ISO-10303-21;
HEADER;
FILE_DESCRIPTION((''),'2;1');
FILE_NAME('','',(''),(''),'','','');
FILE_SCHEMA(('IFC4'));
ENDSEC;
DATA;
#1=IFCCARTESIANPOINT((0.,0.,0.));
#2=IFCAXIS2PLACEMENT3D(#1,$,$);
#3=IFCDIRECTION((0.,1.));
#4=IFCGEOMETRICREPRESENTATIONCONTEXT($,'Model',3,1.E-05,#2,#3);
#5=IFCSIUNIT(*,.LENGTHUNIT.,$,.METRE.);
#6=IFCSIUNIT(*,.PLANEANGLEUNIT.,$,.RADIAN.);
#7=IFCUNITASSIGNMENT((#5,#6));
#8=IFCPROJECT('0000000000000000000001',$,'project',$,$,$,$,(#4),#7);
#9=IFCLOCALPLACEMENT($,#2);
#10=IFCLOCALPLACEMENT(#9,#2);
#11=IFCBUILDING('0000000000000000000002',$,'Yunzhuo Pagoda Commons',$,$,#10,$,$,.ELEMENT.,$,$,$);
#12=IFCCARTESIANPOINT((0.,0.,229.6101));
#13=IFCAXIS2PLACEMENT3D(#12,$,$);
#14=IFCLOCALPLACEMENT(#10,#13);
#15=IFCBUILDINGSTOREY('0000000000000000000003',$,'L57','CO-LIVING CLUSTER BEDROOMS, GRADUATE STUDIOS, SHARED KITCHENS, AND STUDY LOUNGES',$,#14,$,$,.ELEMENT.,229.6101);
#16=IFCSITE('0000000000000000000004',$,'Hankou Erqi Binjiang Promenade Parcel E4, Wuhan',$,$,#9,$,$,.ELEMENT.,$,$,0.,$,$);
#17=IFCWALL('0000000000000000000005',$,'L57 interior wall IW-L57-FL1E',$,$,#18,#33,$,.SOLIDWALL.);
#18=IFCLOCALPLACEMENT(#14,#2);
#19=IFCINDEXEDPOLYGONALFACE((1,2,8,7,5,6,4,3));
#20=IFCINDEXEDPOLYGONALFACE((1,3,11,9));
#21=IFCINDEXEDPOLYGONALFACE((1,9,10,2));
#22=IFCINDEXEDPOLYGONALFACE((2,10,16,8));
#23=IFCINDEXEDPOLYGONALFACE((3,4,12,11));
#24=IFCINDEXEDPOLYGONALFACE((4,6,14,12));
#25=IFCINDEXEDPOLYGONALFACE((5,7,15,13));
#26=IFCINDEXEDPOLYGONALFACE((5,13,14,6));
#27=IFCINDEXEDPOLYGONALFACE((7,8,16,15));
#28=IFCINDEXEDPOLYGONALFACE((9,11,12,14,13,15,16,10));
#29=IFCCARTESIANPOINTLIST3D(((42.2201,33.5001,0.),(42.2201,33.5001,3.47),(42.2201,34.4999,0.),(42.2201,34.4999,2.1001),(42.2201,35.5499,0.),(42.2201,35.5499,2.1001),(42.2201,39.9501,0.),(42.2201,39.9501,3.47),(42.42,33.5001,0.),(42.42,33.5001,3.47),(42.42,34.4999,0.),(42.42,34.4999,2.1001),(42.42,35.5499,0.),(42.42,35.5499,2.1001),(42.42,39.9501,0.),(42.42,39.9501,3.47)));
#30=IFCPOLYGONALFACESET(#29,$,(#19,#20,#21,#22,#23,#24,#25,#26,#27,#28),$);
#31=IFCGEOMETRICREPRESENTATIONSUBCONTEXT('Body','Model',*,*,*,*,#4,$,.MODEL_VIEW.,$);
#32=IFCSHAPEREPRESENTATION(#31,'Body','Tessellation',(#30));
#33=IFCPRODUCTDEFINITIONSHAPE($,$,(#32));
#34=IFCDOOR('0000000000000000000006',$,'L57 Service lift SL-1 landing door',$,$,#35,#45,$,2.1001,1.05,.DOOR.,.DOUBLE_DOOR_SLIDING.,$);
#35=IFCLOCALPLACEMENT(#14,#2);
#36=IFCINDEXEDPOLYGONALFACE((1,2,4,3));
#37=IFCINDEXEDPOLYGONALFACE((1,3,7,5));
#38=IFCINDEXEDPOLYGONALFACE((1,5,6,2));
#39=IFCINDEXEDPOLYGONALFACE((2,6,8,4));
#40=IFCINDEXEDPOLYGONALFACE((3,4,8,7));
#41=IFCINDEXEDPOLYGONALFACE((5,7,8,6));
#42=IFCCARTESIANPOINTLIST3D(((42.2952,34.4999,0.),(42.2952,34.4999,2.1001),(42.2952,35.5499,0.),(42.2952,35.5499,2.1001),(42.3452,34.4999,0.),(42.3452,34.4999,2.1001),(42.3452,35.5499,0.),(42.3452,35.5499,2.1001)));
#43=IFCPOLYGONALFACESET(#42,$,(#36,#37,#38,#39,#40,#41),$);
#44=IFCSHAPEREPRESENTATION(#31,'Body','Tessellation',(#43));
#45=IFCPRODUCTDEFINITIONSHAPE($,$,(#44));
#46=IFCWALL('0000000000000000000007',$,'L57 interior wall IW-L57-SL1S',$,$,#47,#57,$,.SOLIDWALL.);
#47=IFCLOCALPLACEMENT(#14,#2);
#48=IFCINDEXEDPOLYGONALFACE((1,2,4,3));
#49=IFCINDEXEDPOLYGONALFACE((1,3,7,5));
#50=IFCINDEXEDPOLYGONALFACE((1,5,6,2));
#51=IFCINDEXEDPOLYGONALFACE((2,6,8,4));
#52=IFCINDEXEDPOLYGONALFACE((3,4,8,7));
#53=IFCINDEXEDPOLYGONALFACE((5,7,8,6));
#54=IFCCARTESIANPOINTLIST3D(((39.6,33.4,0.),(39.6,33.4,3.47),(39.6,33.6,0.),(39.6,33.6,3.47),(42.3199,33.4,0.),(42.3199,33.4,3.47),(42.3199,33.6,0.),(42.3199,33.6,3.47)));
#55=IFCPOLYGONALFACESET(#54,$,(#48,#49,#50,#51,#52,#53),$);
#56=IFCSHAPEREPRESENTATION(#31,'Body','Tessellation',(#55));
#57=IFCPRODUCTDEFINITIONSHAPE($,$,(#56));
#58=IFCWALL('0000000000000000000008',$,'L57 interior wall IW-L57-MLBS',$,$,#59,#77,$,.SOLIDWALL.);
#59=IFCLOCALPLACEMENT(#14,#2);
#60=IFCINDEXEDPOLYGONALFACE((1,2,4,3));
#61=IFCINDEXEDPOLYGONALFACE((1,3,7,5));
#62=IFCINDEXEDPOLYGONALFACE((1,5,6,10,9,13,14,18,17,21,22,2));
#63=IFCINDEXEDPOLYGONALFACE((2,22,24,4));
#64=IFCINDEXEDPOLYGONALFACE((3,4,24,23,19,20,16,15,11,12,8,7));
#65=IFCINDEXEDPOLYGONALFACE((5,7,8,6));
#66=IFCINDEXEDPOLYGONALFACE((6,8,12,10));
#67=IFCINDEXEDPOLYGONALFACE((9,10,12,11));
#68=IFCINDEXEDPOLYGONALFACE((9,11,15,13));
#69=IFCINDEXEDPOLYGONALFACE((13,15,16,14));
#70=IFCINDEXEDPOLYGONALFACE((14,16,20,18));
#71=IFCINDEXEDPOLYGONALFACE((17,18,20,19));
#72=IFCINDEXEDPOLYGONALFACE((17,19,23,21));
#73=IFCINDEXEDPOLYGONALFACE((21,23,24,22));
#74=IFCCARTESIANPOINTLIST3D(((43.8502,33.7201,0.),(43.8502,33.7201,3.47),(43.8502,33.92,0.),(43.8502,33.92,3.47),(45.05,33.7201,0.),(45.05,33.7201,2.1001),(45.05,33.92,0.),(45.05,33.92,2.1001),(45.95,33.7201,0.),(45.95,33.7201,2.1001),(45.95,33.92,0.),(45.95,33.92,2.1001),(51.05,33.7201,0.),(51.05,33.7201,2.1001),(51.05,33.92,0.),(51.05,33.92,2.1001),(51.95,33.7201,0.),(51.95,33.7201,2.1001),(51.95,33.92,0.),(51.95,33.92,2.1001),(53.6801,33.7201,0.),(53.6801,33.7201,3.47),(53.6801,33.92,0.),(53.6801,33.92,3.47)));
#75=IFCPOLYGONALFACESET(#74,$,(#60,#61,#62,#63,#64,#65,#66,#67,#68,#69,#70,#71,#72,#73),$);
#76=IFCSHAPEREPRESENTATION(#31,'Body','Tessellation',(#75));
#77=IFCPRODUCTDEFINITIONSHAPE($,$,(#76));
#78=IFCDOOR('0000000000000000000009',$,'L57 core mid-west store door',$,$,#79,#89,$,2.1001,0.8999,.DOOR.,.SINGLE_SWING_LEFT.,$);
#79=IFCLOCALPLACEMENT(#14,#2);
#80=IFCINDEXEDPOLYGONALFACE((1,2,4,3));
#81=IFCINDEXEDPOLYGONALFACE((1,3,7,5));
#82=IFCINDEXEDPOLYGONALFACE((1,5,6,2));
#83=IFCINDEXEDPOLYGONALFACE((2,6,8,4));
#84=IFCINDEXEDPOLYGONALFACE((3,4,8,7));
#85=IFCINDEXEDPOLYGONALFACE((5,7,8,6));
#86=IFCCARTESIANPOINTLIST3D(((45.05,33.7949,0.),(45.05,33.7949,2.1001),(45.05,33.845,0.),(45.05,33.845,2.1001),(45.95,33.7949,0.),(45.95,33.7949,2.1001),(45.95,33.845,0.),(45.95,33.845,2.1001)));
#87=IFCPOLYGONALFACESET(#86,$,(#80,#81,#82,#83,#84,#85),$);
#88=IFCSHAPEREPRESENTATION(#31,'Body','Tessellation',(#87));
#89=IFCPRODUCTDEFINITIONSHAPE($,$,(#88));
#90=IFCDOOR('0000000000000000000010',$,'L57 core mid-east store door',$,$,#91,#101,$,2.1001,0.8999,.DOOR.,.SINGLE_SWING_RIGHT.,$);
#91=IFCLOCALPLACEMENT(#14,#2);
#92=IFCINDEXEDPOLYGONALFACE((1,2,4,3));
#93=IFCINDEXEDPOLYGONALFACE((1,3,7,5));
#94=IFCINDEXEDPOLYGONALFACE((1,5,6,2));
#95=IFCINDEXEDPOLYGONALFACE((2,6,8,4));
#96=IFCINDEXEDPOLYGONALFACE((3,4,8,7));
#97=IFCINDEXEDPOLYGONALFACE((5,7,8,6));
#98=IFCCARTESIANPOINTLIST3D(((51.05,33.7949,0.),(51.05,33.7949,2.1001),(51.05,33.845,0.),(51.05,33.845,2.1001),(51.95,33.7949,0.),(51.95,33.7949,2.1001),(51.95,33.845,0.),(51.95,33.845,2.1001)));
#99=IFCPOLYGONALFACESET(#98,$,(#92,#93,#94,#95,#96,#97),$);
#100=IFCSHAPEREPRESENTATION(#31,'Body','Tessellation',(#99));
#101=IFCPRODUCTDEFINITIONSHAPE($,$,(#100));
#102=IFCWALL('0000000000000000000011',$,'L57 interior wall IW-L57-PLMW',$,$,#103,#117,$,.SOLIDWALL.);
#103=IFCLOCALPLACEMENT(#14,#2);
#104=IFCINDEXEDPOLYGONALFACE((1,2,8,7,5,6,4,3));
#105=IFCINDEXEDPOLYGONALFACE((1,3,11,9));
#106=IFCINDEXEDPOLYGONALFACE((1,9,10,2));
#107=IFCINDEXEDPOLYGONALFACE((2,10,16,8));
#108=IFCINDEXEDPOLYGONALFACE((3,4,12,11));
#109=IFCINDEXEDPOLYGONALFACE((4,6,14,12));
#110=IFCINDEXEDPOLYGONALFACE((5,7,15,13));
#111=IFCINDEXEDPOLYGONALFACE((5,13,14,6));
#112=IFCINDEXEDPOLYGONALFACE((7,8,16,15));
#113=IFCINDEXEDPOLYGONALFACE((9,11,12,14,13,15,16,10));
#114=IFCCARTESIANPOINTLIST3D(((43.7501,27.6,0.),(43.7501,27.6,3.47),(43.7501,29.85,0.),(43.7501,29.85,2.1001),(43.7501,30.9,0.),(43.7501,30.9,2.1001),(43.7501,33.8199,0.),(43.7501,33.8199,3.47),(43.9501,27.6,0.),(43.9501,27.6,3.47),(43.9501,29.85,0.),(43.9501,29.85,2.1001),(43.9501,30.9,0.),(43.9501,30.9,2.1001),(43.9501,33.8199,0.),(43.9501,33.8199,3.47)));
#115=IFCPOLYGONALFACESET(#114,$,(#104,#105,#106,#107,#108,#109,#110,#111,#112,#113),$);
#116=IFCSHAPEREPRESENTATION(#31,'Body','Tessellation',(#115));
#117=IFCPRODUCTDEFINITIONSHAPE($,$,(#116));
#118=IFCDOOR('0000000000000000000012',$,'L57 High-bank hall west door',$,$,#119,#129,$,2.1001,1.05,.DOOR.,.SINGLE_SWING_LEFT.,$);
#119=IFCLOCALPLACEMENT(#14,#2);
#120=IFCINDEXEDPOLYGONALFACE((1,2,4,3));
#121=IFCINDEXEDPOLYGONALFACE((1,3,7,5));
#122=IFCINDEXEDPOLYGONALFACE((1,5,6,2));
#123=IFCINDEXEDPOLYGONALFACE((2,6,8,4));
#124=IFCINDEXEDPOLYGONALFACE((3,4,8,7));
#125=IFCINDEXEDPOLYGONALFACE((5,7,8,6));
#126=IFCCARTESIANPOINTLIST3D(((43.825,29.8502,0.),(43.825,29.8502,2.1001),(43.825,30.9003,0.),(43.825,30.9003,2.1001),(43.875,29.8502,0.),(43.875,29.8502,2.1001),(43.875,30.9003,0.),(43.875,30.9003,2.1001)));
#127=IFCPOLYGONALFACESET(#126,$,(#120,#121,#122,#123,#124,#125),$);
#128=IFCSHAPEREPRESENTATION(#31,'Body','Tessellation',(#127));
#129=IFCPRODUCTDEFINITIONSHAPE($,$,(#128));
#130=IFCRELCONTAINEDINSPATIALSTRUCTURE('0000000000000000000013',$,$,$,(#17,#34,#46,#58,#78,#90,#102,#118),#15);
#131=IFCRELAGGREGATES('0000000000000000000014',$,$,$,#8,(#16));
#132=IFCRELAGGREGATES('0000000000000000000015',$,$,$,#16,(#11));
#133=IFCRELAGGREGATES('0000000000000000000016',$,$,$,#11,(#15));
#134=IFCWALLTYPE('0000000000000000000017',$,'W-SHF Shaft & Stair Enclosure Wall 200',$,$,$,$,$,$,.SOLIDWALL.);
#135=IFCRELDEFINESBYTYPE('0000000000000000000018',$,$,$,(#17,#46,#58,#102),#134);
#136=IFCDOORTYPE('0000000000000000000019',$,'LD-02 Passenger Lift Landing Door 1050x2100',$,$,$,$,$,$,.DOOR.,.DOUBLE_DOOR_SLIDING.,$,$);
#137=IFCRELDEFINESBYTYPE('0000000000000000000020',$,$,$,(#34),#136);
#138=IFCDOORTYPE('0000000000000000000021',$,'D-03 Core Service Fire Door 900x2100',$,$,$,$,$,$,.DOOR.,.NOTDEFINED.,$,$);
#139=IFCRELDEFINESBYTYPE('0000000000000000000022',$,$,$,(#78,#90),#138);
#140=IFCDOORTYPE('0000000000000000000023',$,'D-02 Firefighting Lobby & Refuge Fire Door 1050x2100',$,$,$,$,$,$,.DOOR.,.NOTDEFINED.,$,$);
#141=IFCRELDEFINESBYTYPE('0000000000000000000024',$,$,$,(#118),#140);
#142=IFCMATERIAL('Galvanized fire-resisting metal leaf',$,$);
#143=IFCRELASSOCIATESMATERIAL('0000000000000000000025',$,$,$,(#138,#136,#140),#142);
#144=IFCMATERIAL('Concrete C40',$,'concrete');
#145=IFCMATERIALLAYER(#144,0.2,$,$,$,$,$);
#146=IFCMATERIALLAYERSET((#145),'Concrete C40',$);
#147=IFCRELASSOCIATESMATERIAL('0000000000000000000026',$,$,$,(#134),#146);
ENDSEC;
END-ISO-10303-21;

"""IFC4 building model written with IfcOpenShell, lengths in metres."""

from ifc_helpers import new_model, si_unit, direction, frame, frame_2d, origin, origin_with_axes, place, context, subcontext, project, spatial, rectangle, extrude, source, transform, mapped, material, layer, layer_set, type_object, element, fill, save


model = new_model("IFC4")

# Units and contexts
model_context = context("Model", 3, precision=1e-05, world=origin(), true_north=direction((0.0, 1.0)))
body_context = subcontext(model_context, "Body", "Model", "MODEL_VIEW")
ifc_project = project(units=[si_unit("LENGTHUNIT", "METRE"), si_unit("PLANEANGLEUNIT", "RADIAN")], contexts=[model_context])

# Site, building, storey
site_placement = place(None, origin())
site = spatial("IfcSite", under=ifc_project, at=site_placement, Name="Hankou Erqi Binjiang Promenade Parcel E4, Wuhan", CompositionType="ELEMENT", RefElevation=0.0)
building_placement = place(site_placement, origin())
building = spatial("IfcBuilding", under=site, at=building_placement, Name="Yunzhuo Pagoda Commons", CompositionType="ELEMENT")
storey_placement = place(building_placement, frame((0.0, 0.0, 229.6101)))
storey = spatial("IfcBuildingStorey", under=building, at=storey_placement, Name="L57", Description="CO-LIVING CLUSTER BEDROOMS, GRADUATE STUDIOS, SHARED KITCHENS, AND STUDY LOUNGES", CompositionType="ELEMENT", Elevation=229.6101)

# Shared definitions
ifc_material_1 = material(Name="Galvanized fire-resisting metal leaf")
door_type_1 = type_object("IfcDoorType", Name="D-03 Core Service Fire Door 900x2100", OperationType="NOTDEFINED", PredefinedType="DOOR", material=ifc_material_1)
shared_shape_1 = source(origin(), body_context, "Body", "SweptSolid", [
    extrude(rectangle(XDim=0.8999, YDim=2.1001, at=frame_2d((0.45, 1.05))), frame((0.0, 0.0249, 0.0), z_axis=(0.0, -1.0, 0.0), x_axis=(1.0, 0.0, 0.0)), (0.0, 0.0, 1.0), 0.05),
])

# Wall, opening, door
ifc_material_2 = material(Name="Concrete C40", Category="concrete")
ifc_layer_1 = layer(ifc_material_2, 0.2)
ifc_layer_set_1 = layer_set([ifc_layer_1], Name="Concrete C40")
wall_type_1 = type_object("IfcWallType", Name="W-SHF Shaft & Stair Enclosure Wall 200", PredefinedType="SOLIDWALL", material=ifc_layer_set_1)
wall_1_placement = place(storey_placement, frame((42.3201, 33.5, 0.0), z_axis=(0.0, 0.0, 1.0), x_axis=(0.0, 1.0, 0.0)))
wall_1 = element("IfcWall", 1, at=wall_1_placement, inside=storey, type_object=wall_type_1, Name="L57 interior wall IW-L57-FL1E", PredefinedType="SOLIDWALL", context=body_context, shape_type="SweptSolid", body=[
    extrude(rectangle(XDim=6.45, YDim=0.2, at=frame_2d((3.2251, 0.0))), origin(), (0.0, 0.0, 1.0), 3.47),
])
opening_1_placement = place(wall_1_placement, frame((1.0, 0.0, 0.0)))
opening_1 = element("IfcOpeningElement", 2, at=opening_1_placement, cuts=wall_1, PredefinedType="OPENING", context=body_context, shape_type="SweptSolid", body=[
    extrude(rectangle(XDim=1.05, YDim=2.1001, at=frame_2d((0.5249, 1.05))), frame((0.0, 0.1099, 0.0), z_axis=(0.0, -1.0, 0.0), x_axis=(1.0, 0.0, 0.0)), (0.0, 0.0, 1.0), 0.22),
])
door_type_2 = type_object("IfcDoorType", Name="LD-02 Passenger Lift Landing Door 1050x2100", OperationType="DOUBLE_DOOR_SLIDING", PredefinedType="DOOR", material=ifc_material_1)
shared_shape_2 = source(origin(), body_context, "Body", "SweptSolid", [
    extrude(rectangle(XDim=1.05, YDim=2.1001, at=frame_2d((0.5249, 1.05))), frame((0.0, 0.0249, 0.0), z_axis=(0.0, -1.0, 0.0), x_axis=(1.0, 0.0, 0.0)), (0.0, 0.0, 1.0), 0.05),
])
door_1_placement = place(opening_1_placement, origin_with_axes())
door_1 = element("IfcDoor", 3, at=door_1_placement, inside=storey, type_object=door_type_2, Name="L57 Service lift SL-1 landing door", OperationType="DOUBLE_DOOR_SLIDING", OverallHeight=2.1001, OverallWidth=1.05, PredefinedType="DOOR", context=body_context, shape_type="MappedRepresentation", body=[
    mapped(shared_shape_2, transform((0.0, 0.0, 0.0), scale=1.0)),
])
fill(opening_1, door_1)

# Wall
wall_2_placement = place(storey_placement, frame((39.6001, 33.5, 0.0), z_axis=(0.0, 0.0, 1.0), x_axis=(1.0, 0.0, 0.0)))
element("IfcWall", 4, at=wall_2_placement, inside=storey, type_object=wall_type_1, Name="L57 interior wall IW-L57-SL1S", PredefinedType="SOLIDWALL", context=body_context, shape_type="SweptSolid", body=[
    extrude(rectangle(XDim=2.72, YDim=0.2, at=frame_2d((1.3599, 0.0))), origin(), (0.0, 0.0, 1.0), 3.47),
])

# Wall, openings, doors
wall_3_placement = place(storey_placement, frame((43.8501, 33.8201, 0.0), z_axis=(0.0, 0.0, 1.0), x_axis=(1.0, 0.0, 0.0)))
wall_3 = element("IfcWall", 5, at=wall_3_placement, inside=storey, type_object=wall_type_1, Name="L57 interior wall IW-L57-MLBS", PredefinedType="SOLIDWALL", context=body_context, shape_type="SweptSolid", body=[
    extrude(rectangle(XDim=9.8298, YDim=0.2, at=frame_2d((4.915, 0.0))), origin(), (0.0, 0.0, 1.0), 3.47),
])
opening_2_placement = place(wall_3_placement, frame((1.2, 0.0, 0.0)))
opening_2 = element("IfcOpeningElement", 6, at=opening_2_placement, cuts=wall_3, PredefinedType="OPENING", context=body_context, shape_type="SweptSolid", body=[
    extrude(rectangle(XDim=0.8999, YDim=2.1001, at=frame_2d((0.45, 1.05))), frame((0.0, 0.1099, 0.0), z_axis=(0.0, -1.0, 0.0), x_axis=(1.0, 0.0, 0.0)), (0.0, 0.0, 1.0), 0.22),
])
opening_3_placement = place(wall_3_placement, frame((7.2, 0.0, 0.0)))
opening_3 = element("IfcOpeningElement", 7, at=opening_3_placement, cuts=wall_3, PredefinedType="OPENING", context=body_context, shape_type="SweptSolid", body=[
    extrude(rectangle(XDim=0.8999, YDim=2.1001, at=frame_2d((0.45, 1.05))), frame((0.0, 0.1099, 0.0), z_axis=(0.0, -1.0, 0.0), x_axis=(1.0, 0.0, 0.0)), (0.0, 0.0, 1.0), 0.22),
])
door_2_placement = place(opening_2_placement, origin_with_axes())
door_2 = element("IfcDoor", 8, at=door_2_placement, inside=storey, type_object=door_type_1, Name="L57 core mid-west store door", OperationType="SINGLE_SWING_LEFT", OverallHeight=2.1001, OverallWidth=0.8999, PredefinedType="DOOR", context=body_context, shape_type="MappedRepresentation", body=[
    mapped(shared_shape_1, transform((0.0, 0.0, 0.0), scale=1.0)),
])
fill(opening_2, door_2)
door_3_placement = place(opening_3_placement, origin_with_axes())
door_3 = element("IfcDoor", 9, at=door_3_placement, inside=storey, type_object=door_type_1, Name="L57 core mid-east store door", OperationType="SINGLE_SWING_RIGHT", OverallHeight=2.1001, OverallWidth=0.8999, PredefinedType="DOOR", context=body_context, shape_type="MappedRepresentation", body=[
    mapped(shared_shape_1, transform((0.0, 0.0, 0.0), scale=1.0)),
])
fill(opening_3, door_3)

# Wall, opening, door
wall_4_placement = place(storey_placement, frame((43.8501, 27.6001, 0.0), z_axis=(0.0, 0.0, 1.0), x_axis=(0.0, 1.0, 0.0)))
wall_4 = element("IfcWall", 10, at=wall_4_placement, inside=storey, type_object=wall_type_1, Name="L57 interior wall IW-L57-PLMW", PredefinedType="SOLIDWALL", context=body_context, shape_type="SweptSolid", body=[
    extrude(rectangle(XDim=6.22, YDim=0.2, at=frame_2d((3.1099, 0.0))), origin(), (0.0, 0.0, 1.0), 3.47),
])
opening_4_placement = place(wall_4_placement, frame((2.25, 0.0, 0.0)))
opening_4 = element("IfcOpeningElement", 11, at=opening_4_placement, cuts=wall_4, PredefinedType="OPENING", context=body_context, shape_type="SweptSolid", body=[
    extrude(rectangle(XDim=1.05, YDim=2.1001, at=frame_2d((0.5249, 1.05))), frame((0.0, 0.1099, 0.0), z_axis=(0.0, -1.0, 0.0), x_axis=(1.0, 0.0, 0.0)), (0.0, 0.0, 1.0), 0.22),
])
door_type_3 = type_object("IfcDoorType", Name="D-02 Firefighting Lobby & Refuge Fire Door 1050x2100", OperationType="NOTDEFINED", PredefinedType="DOOR", material=ifc_material_1)
door_4_placement = place(opening_4_placement, frame((1.05, 0.0, 0.0), z_axis=(0.0, 0.0, 1.0), x_axis=(-1.0, 0.0, 0.0)))
door_4 = element("IfcDoor", 12, at=door_4_placement, inside=storey, type_object=door_type_3, Name="L57 High-bank hall west door", OperationType="SINGLE_SWING_LEFT", OverallHeight=2.1001, OverallWidth=1.05, PredefinedType="DOOR", context=body_context, shape_type="MappedRepresentation", body=[
    mapped(shared_shape_2, transform((0.0, 0.0, 0.0), scale=1.0)),
])
fill(opening_4, door_4)

save(model, "model.ifc")
